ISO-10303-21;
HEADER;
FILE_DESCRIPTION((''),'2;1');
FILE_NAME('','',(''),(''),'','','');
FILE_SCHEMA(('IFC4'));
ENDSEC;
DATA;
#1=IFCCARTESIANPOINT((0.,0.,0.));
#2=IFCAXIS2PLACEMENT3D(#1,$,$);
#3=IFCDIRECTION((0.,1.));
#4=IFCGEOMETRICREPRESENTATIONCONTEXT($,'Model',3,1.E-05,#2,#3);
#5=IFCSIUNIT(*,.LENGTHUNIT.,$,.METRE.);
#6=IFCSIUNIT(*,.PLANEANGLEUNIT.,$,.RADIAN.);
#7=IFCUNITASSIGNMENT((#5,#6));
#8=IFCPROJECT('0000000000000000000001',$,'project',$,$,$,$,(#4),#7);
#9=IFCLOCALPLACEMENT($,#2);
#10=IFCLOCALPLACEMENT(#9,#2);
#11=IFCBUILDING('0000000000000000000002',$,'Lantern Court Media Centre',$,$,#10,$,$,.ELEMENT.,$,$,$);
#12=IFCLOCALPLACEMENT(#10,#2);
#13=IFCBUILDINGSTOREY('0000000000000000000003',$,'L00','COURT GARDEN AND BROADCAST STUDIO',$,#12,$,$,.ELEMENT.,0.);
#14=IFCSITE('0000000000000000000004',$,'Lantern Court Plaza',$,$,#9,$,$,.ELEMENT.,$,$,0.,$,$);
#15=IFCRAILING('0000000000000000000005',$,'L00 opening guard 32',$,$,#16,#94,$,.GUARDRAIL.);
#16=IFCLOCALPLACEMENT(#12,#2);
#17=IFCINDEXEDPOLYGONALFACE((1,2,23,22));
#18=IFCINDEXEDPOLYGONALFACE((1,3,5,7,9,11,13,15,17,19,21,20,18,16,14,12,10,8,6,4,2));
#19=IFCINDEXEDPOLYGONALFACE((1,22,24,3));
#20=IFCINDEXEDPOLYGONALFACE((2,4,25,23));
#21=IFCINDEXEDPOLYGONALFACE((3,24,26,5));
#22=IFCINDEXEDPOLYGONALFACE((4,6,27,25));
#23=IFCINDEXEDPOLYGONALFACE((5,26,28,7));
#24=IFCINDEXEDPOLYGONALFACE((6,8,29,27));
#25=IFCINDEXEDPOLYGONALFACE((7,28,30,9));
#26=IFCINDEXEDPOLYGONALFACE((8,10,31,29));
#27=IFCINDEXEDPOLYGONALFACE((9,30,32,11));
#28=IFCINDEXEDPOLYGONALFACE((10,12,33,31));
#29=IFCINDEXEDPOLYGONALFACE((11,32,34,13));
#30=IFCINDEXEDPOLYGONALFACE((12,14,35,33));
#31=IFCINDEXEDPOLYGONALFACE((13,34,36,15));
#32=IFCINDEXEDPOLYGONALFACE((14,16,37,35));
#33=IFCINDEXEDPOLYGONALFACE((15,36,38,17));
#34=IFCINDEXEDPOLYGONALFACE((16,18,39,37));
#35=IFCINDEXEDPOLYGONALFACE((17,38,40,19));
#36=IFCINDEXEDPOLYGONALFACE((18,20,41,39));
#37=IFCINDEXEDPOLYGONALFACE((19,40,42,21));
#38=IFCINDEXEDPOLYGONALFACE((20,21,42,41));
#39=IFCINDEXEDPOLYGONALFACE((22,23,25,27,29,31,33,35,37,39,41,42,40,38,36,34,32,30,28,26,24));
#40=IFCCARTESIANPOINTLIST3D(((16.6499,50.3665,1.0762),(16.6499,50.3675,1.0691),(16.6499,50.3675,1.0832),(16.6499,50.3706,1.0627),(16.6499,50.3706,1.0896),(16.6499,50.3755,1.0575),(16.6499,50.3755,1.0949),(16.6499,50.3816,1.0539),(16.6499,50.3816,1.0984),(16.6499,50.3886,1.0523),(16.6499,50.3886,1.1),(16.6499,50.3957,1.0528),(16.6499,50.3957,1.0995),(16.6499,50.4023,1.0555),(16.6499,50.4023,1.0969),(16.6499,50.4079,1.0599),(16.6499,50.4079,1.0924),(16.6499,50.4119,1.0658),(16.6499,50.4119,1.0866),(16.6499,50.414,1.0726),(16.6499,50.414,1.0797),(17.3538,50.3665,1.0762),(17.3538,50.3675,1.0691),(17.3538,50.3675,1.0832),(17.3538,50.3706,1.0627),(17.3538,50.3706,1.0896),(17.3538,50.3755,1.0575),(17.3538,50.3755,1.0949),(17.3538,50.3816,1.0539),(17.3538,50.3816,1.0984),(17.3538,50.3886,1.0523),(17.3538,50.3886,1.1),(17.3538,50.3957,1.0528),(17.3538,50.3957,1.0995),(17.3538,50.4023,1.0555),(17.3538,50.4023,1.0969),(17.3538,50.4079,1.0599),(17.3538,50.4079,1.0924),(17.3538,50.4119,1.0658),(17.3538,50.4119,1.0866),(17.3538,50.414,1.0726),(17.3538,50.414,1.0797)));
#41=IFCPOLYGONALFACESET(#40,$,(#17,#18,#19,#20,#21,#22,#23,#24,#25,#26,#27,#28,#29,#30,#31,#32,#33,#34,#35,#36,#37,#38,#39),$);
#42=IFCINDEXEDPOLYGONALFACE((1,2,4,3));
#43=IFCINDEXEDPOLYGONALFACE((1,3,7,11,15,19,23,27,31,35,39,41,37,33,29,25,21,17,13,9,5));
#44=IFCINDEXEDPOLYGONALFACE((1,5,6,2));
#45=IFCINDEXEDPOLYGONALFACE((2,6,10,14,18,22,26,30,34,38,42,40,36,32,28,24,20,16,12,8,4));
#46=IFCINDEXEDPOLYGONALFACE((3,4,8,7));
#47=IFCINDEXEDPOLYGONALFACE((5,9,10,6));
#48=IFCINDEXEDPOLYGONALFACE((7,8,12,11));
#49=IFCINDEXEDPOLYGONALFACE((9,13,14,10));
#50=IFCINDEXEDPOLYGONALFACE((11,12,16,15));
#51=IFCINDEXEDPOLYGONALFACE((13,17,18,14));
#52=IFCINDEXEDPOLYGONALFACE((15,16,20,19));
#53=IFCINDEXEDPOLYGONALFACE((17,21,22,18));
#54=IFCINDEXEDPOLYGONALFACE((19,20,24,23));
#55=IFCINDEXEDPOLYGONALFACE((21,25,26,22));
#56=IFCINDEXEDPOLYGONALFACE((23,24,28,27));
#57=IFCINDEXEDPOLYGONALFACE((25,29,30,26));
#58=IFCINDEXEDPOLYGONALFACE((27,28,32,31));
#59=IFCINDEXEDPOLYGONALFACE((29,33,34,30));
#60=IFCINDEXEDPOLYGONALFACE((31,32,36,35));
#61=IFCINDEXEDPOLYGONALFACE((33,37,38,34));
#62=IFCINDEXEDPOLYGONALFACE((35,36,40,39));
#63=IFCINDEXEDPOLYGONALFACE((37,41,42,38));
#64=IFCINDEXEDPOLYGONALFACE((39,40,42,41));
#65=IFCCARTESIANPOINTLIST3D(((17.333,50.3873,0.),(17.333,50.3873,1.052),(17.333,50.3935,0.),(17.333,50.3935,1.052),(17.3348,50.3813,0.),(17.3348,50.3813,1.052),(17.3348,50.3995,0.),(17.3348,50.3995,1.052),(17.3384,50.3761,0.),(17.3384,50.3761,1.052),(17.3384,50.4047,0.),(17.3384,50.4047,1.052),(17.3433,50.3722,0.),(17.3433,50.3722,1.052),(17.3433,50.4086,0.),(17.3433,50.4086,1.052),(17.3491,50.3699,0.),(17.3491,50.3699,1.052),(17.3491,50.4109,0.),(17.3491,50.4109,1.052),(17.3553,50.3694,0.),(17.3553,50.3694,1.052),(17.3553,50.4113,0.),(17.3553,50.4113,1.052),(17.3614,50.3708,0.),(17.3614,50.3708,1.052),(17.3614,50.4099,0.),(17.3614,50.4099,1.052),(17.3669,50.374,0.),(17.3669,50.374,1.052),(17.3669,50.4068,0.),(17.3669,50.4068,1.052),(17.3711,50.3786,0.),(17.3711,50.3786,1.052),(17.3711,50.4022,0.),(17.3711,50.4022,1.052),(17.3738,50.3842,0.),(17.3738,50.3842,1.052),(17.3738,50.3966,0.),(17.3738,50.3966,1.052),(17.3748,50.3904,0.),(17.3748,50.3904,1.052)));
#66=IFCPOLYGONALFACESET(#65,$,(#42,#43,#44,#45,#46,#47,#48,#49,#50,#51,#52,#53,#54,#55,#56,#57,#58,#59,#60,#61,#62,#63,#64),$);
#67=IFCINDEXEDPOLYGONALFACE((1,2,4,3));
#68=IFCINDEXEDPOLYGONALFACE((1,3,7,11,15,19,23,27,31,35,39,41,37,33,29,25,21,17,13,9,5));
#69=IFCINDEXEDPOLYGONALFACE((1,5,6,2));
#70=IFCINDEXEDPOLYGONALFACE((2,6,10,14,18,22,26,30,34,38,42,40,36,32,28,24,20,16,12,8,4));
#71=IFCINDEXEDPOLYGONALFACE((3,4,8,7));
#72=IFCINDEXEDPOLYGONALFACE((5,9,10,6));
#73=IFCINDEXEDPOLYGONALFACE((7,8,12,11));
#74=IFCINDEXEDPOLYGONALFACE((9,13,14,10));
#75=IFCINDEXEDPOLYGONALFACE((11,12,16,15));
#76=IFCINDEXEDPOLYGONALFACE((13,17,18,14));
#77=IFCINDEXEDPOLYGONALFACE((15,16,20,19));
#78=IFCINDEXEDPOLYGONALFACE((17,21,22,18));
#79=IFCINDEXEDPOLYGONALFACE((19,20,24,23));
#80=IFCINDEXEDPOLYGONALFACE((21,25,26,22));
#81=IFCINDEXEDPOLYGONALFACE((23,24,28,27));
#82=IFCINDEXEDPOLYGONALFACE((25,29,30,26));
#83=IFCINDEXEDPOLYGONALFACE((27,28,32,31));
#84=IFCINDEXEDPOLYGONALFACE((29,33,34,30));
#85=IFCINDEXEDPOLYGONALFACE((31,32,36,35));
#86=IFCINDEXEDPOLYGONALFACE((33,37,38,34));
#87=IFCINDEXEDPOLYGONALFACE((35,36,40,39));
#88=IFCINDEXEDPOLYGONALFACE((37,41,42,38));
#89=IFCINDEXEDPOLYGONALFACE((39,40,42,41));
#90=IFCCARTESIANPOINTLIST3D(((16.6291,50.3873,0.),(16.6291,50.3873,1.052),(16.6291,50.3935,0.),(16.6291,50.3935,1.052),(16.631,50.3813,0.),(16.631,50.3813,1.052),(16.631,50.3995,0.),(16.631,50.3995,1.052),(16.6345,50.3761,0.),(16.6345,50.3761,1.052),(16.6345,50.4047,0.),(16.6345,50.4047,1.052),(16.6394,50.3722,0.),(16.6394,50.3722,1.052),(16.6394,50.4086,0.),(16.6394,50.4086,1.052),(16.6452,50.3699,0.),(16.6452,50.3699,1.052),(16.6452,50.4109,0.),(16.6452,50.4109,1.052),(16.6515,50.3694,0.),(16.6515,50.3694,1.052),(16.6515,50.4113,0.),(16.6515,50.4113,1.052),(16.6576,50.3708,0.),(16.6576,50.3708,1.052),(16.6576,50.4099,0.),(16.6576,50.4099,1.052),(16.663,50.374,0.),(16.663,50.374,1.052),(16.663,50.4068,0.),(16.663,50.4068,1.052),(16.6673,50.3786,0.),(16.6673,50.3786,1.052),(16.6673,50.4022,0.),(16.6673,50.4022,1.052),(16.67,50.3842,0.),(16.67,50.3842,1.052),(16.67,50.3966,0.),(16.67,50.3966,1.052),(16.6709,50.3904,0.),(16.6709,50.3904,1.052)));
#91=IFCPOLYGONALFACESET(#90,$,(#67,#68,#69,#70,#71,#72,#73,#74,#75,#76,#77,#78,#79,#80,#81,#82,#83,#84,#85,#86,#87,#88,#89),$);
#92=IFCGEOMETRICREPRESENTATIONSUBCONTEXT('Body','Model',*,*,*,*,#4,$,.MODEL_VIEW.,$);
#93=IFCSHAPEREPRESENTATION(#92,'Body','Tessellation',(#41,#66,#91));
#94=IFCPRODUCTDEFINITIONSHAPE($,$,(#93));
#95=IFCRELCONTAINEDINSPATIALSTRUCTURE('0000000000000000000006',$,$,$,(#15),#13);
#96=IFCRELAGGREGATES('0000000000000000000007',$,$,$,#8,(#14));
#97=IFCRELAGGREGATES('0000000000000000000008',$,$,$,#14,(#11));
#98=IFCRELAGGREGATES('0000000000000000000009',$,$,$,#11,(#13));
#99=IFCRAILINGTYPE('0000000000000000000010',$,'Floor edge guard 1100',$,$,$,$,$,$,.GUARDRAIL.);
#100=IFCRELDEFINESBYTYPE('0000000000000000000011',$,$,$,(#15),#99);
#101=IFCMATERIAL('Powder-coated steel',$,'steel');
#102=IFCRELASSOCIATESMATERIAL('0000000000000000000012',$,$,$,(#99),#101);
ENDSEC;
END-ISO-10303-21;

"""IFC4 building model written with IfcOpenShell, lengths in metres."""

from ifc_helpers import new_model, si_unit, direction, frame, origin, origin_2d, place, context, subcontext, project, spatial, circle, extrude, material, type_object, element, save


model = new_model("IFC4")

# Units and contexts
model_context = context("Model", 3, precision=1e-05, world=origin(), true_north=direction((0.0, 1.0)))
body_context = subcontext(model_context, "Body", "Model", "MODEL_VIEW")
ifc_project = project(units=[si_unit("LENGTHUNIT", "METRE"), si_unit("PLANEANGLEUNIT", "RADIAN")], contexts=[model_context])

# Site, building, storey
site_placement = place(None, origin())
site = spatial("IfcSite", under=ifc_project, at=site_placement, Name="Lantern Court Plaza", CompositionType="ELEMENT", RefElevation=0.0)
building_placement = place(site_placement, origin())
building = spatial("IfcBuilding", under=site, at=building_placement, Name="Lantern Court Media Centre", CompositionType="ELEMENT")
storey_placement = place(building_placement, origin())
storey = spatial("IfcBuildingStorey", under=building, at=storey_placement, Name="L00", Description="COURT GARDEN AND BROADCAST STUDIO", CompositionType="ELEMENT", Elevation=0.0)

# Railing
ifc_material_1 = material(Name="Powder-coated steel", Category="steel")
railing_type_1 = type_object("IfcRailingType", Name="Floor edge guard 1100", PredefinedType="GUARDRAIL", material=ifc_material_1)
railing_1_placement = place(storey_placement, frame((17.3538, 50.3904, 0.0)))
element("IfcRailing", 1, at=railing_1_placement, inside=storey, type_object=railing_type_1, Name="L00 opening guard 32", PredefinedType="GUARDRAIL", context=body_context, shape_type="SweptSolid", body=[
    extrude(circle(Radius=0.0239, at=origin_2d()), frame((0.0, 0.0, 1.0762), z_axis=(-1.0, 0.0, 0.0), x_axis=(0.0, -1.0, 0.0)), (0.0, 0.0, 1.0), 0.7039),
    extrude(circle(Radius=0.021, at=origin_2d()), origin(), (0.0, 0.0, 1.0), 1.052),
    extrude(circle(Radius=0.021, at=origin_2d()), frame((-0.7039, 0.0, 0.0)), (0.0, 0.0, 1.0), 1.052),
])

save(model, "model.ifc")
